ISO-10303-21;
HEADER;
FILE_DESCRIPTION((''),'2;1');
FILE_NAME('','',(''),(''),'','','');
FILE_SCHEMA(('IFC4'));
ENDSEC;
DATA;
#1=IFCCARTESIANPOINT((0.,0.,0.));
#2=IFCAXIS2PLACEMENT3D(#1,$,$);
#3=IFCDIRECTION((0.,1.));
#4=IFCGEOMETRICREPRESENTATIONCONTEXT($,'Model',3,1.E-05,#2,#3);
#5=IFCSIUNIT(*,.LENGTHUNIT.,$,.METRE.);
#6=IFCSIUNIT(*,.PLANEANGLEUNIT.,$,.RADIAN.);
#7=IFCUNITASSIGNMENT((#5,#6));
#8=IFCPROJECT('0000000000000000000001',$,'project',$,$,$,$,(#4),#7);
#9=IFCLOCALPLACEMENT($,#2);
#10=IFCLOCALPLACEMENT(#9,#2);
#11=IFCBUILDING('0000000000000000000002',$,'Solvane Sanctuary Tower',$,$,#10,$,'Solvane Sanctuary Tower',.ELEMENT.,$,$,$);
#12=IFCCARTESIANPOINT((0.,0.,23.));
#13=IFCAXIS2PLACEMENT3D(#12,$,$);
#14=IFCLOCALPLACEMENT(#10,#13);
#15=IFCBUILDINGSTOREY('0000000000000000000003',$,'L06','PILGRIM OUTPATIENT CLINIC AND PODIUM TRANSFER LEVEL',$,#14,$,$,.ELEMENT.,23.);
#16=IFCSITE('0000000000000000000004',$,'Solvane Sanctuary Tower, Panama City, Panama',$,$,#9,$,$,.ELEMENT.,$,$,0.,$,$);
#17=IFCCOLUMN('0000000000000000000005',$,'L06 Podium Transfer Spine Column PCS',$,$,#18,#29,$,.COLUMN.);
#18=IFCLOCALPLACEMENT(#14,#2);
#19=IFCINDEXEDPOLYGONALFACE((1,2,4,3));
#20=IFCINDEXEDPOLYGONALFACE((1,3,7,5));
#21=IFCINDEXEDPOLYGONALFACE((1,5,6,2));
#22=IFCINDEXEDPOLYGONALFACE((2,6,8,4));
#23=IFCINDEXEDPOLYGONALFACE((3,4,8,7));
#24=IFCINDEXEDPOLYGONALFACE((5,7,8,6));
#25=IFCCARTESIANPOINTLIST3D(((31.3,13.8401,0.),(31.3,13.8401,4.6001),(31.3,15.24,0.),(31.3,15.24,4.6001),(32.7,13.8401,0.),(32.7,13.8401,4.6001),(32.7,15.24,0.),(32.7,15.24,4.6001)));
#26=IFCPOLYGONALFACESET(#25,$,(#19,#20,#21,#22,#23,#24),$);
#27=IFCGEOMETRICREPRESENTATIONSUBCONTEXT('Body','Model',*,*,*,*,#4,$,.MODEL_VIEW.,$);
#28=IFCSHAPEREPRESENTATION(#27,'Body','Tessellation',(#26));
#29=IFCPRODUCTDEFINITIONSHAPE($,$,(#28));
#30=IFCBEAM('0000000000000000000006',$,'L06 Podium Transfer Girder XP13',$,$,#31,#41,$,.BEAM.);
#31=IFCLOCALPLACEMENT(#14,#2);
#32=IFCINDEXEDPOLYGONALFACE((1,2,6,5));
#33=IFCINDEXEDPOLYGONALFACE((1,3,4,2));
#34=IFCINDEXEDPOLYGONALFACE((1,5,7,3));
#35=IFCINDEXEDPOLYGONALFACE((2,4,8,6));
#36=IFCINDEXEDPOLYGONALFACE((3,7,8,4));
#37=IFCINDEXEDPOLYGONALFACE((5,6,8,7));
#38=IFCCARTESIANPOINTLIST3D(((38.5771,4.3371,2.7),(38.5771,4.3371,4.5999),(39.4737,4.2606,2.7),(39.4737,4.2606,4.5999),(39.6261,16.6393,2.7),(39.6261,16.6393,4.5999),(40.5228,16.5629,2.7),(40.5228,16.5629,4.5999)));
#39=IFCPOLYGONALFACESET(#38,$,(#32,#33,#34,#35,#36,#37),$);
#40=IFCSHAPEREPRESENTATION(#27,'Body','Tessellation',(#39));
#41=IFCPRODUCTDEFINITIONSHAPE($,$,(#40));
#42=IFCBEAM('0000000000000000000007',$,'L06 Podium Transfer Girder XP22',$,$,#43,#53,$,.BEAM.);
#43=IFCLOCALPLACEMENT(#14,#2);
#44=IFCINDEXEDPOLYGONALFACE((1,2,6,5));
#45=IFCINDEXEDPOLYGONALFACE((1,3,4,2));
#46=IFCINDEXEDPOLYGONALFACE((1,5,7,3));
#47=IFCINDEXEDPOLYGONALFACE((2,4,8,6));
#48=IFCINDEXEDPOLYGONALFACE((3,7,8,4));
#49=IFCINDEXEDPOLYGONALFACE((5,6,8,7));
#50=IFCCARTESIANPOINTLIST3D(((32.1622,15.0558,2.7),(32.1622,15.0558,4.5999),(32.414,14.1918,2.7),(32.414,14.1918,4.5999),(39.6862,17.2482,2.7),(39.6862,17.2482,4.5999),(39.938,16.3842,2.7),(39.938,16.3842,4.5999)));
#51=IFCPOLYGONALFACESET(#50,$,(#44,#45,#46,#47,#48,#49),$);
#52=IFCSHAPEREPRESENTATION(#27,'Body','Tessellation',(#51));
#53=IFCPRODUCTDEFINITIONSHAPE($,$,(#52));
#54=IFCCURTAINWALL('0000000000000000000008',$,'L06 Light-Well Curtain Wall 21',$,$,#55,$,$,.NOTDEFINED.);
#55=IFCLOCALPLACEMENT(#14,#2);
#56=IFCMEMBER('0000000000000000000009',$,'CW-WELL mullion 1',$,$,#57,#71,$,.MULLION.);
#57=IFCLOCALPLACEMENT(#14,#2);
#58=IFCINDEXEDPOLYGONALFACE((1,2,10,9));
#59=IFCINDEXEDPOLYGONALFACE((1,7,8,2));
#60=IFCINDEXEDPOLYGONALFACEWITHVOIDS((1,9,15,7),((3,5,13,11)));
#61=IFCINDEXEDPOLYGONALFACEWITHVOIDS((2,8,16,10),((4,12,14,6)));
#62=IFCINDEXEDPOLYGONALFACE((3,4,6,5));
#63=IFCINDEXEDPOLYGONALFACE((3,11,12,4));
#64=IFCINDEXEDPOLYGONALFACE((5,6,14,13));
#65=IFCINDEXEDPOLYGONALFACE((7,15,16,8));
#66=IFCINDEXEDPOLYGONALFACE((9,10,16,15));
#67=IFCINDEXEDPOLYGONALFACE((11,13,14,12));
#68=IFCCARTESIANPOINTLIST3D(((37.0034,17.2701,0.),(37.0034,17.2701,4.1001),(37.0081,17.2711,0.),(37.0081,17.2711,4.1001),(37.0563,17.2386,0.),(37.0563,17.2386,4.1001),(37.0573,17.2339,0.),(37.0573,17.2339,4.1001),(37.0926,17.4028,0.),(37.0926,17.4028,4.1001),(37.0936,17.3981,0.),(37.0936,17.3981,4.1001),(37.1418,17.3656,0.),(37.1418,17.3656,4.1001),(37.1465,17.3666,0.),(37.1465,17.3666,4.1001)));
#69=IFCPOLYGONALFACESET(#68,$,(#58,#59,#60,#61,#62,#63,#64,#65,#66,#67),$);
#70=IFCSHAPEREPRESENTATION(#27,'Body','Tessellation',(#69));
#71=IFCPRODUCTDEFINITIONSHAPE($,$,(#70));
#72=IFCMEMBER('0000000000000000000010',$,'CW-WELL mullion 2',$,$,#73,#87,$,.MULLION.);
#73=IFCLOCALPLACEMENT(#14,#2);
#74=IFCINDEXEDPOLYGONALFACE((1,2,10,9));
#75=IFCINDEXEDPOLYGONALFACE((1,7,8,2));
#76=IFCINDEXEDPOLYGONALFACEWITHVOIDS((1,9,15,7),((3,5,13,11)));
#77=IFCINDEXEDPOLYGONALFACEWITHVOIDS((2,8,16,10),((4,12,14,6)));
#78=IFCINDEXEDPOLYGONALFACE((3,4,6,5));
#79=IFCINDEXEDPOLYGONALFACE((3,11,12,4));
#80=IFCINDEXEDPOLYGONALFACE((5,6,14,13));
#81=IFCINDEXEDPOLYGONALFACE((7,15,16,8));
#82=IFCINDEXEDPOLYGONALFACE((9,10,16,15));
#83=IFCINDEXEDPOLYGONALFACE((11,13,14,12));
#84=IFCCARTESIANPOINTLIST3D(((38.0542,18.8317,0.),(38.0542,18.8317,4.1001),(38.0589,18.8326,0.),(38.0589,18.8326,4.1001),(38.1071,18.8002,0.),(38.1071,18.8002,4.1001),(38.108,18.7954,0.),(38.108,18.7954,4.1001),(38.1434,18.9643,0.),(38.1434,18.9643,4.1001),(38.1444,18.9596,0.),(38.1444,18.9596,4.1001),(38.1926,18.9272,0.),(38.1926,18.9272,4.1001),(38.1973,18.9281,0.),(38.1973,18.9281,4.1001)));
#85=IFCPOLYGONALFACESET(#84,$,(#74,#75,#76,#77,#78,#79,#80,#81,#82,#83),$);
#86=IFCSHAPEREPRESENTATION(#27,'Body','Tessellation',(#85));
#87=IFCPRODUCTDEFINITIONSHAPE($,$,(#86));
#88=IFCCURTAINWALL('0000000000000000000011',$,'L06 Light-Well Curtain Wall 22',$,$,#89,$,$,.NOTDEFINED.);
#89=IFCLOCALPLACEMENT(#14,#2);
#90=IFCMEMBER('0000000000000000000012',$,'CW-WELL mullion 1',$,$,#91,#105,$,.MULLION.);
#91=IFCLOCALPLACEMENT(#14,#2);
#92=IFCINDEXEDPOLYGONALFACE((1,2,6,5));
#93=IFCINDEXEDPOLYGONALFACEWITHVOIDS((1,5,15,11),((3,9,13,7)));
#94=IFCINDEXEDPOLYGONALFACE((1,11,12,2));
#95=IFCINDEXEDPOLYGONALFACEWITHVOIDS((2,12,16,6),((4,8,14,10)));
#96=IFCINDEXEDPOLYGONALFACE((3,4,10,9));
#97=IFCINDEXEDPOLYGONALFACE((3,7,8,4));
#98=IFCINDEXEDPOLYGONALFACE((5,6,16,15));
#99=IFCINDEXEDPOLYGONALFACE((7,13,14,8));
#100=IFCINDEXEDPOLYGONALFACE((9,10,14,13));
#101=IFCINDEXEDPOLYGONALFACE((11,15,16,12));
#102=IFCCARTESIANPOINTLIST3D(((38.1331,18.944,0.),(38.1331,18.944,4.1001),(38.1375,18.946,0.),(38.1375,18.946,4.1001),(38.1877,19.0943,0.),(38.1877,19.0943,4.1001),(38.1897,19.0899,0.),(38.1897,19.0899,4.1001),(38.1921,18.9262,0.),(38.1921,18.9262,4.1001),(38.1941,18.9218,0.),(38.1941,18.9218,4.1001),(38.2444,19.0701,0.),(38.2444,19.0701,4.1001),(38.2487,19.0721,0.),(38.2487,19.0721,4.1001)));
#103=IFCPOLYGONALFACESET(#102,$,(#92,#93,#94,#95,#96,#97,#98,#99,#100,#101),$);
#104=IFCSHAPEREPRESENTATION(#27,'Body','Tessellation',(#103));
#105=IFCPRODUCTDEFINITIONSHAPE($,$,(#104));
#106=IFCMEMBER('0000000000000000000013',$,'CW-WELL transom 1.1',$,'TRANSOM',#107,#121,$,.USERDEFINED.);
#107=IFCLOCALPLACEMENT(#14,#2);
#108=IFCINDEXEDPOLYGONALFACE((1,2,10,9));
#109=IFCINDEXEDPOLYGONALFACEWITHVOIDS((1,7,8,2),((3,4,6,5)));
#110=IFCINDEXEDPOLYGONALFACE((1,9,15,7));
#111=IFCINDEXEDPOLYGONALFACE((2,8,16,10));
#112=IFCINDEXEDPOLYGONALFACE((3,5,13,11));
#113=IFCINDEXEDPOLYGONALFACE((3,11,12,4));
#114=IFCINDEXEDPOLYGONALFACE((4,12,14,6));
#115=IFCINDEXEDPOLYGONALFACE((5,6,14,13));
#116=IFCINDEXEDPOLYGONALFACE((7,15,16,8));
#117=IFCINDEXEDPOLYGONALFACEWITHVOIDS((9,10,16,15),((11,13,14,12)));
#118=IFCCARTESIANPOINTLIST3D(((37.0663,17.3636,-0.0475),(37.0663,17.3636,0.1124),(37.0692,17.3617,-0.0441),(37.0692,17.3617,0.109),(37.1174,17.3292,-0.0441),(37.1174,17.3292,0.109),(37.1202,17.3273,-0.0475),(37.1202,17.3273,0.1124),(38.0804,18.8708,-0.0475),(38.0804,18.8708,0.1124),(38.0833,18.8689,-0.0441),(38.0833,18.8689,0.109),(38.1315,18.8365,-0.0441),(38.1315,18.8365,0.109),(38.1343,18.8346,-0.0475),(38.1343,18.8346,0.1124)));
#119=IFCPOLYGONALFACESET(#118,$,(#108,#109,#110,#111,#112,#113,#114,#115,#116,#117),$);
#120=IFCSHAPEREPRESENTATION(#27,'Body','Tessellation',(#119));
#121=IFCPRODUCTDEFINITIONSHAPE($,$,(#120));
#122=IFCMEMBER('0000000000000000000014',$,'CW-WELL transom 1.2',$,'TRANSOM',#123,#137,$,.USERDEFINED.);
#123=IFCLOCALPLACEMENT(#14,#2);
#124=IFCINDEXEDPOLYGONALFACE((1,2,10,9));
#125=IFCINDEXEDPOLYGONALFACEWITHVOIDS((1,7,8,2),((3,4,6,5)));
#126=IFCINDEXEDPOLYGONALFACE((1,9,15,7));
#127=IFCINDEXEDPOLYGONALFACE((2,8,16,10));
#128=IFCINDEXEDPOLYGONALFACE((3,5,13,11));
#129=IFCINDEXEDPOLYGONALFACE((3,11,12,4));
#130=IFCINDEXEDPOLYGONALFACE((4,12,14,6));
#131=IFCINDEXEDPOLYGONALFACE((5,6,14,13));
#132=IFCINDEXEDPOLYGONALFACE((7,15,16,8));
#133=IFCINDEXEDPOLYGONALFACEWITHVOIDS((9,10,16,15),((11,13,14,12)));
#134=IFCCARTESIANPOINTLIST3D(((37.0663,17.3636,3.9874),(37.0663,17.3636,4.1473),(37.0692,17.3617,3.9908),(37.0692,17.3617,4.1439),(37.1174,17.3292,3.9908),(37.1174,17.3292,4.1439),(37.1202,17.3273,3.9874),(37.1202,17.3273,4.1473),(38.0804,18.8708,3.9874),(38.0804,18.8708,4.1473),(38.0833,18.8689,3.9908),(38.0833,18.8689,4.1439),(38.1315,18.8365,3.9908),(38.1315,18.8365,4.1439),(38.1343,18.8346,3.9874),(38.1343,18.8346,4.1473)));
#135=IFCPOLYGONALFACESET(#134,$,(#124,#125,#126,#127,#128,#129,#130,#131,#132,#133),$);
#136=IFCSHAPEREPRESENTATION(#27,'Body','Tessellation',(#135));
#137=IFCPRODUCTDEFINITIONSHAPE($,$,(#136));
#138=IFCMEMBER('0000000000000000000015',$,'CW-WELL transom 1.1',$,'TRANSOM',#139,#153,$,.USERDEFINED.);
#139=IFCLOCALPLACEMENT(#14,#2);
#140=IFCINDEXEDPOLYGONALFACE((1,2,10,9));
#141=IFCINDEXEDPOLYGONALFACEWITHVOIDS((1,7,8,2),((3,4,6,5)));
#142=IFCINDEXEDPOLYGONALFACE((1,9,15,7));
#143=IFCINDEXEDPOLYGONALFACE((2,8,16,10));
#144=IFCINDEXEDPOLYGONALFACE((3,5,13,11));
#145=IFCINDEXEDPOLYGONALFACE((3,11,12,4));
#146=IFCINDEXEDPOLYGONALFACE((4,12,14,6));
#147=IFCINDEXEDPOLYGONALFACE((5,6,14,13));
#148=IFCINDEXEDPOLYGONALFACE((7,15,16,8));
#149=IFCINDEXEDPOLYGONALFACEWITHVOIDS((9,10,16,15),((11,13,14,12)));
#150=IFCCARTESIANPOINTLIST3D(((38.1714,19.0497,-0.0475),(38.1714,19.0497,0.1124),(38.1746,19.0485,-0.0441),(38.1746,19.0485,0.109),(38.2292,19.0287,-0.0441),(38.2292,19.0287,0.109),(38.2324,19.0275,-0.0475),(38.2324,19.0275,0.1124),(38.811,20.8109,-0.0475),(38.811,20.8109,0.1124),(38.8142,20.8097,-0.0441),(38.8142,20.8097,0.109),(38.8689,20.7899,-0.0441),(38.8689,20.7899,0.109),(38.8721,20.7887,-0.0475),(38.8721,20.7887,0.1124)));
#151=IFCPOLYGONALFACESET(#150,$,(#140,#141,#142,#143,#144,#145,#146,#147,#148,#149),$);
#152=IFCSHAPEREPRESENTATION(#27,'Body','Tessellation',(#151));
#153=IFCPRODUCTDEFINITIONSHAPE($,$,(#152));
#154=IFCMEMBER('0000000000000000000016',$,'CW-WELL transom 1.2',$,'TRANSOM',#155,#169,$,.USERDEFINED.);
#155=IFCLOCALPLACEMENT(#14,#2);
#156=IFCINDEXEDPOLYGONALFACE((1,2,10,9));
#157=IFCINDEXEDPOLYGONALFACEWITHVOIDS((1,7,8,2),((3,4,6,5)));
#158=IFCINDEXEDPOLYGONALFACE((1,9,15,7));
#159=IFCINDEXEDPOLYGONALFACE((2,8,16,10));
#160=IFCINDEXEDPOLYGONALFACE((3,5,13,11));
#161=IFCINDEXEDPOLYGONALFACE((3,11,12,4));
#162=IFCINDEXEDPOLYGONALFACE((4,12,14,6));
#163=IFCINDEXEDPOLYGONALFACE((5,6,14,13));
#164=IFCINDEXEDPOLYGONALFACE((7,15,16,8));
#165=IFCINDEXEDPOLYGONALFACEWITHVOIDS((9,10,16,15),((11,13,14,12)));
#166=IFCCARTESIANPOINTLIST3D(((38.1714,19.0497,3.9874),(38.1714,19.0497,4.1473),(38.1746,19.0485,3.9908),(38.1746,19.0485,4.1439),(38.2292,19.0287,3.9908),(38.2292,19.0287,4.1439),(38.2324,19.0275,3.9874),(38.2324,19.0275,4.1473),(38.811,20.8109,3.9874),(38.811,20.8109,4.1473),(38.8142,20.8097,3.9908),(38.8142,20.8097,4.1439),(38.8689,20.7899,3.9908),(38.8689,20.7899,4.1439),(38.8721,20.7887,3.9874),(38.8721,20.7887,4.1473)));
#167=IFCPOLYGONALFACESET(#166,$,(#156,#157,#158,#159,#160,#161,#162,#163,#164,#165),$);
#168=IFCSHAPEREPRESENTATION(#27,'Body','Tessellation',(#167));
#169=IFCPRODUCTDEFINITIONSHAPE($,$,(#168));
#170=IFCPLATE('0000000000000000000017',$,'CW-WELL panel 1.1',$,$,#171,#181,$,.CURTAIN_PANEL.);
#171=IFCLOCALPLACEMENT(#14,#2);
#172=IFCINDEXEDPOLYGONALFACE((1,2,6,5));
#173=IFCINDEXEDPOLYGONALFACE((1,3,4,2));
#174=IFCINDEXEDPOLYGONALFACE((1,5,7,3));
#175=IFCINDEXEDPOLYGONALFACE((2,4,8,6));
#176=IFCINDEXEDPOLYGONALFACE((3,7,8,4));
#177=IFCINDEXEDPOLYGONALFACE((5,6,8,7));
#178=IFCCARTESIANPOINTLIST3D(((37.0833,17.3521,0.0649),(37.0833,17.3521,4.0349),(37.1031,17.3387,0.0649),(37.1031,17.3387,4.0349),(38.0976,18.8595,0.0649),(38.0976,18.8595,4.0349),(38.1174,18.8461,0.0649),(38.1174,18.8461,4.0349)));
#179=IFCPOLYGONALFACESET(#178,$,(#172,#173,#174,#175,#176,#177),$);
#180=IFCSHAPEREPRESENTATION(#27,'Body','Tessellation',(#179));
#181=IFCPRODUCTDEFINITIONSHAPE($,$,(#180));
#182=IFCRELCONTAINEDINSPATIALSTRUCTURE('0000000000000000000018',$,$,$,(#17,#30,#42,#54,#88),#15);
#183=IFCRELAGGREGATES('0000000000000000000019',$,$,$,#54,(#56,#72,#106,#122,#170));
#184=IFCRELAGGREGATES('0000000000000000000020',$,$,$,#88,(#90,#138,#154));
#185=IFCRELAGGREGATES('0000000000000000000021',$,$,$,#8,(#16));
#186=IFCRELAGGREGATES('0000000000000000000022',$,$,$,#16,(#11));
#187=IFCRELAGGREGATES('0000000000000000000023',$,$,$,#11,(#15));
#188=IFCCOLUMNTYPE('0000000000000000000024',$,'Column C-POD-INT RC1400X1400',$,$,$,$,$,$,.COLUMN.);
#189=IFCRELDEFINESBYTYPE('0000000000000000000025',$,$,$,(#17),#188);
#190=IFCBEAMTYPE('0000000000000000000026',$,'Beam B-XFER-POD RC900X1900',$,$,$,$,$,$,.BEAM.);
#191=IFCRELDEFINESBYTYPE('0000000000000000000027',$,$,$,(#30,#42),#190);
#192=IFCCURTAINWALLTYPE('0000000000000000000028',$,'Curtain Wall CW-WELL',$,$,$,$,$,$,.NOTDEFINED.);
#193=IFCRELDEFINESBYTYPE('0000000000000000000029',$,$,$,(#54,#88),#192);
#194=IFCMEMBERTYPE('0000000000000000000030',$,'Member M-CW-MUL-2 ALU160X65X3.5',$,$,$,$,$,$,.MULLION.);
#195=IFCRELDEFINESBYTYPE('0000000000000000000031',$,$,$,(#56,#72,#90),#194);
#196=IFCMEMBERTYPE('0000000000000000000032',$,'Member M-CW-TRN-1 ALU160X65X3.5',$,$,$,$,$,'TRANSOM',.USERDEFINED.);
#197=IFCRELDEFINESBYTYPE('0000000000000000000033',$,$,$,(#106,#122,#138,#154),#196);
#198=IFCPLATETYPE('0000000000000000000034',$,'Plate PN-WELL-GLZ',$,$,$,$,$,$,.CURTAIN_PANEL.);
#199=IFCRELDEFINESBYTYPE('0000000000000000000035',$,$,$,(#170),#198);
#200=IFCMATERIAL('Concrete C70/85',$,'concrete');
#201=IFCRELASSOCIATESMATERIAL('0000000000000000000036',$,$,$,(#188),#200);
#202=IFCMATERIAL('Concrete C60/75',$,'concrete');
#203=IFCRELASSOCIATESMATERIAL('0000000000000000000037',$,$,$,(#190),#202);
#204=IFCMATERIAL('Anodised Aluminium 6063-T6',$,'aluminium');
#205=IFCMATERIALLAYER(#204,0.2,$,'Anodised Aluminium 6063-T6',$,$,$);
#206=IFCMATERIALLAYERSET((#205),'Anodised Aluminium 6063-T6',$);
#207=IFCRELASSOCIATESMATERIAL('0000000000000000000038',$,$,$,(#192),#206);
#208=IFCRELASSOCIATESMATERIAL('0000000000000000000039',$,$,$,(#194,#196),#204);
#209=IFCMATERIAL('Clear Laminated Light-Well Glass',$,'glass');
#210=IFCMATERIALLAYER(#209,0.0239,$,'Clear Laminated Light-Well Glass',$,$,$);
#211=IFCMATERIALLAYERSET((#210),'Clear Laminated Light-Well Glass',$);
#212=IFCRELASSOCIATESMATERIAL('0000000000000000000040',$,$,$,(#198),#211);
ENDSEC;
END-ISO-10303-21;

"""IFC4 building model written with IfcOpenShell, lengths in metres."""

from ifc_helpers import new_model, si_unit, direction, frame, origin, origin_2d, place, context, subcontext, project, spatial, rectangle, hollow_rectangle, extrude, material, layer, layer_set, material_profile, profile_set, type_object, element, aggregate, save


model = new_model("IFC4")

# Units and contexts
model_context = context("Model", 3, precision=1e-05, world=origin(), true_north=direction((0.0, 1.0)))
body_context = subcontext(model_context, "Body", "Model", "MODEL_VIEW")
ifc_project = project(units=[si_unit("LENGTHUNIT", "METRE"), si_unit("PLANEANGLEUNIT", "RADIAN")], contexts=[model_context])

# Site, building, storey
site_placement = place(None, origin())
site = spatial("IfcSite", under=ifc_project, at=site_placement, Name="Solvane Sanctuary Tower, Panama City, Panama", CompositionType="ELEMENT", RefElevation=0.0)
building_placement = place(site_placement, origin())
building = spatial("IfcBuilding", under=site, at=building_placement, Name="Solvane Sanctuary Tower", LongName="Solvane Sanctuary Tower", CompositionType="ELEMENT")
storey_placement = place(building_placement, frame((0.0, 0.0, 23.0)))
storey = spatial("IfcBuildingStorey", under=building, at=storey_placement, Name="L06", Description="PILGRIM OUTPATIENT CLINIC AND PODIUM TRANSFER LEVEL", CompositionType="ELEMENT", Elevation=23.0)

# Column
ifc_material_1 = material(Name="Concrete C70/85", Category="concrete")
ifc_material_profile_1 = material_profile(ifc_material_1, rectangle(XDim=1.3999, YDim=1.3999, at=origin_2d()), Name="RC1400X1400")
ifc_profile_set_1 = profile_set([ifc_material_profile_1], Name="Concrete C70/85")
column_type = type_object("IfcColumnType", Name="Column C-POD-INT RC1400X1400", PredefinedType="COLUMN", material=ifc_profile_set_1)
column_placement = place(storey_placement, frame((32.0, 14.54, 0.0), z_axis=(0.0, 0.0, 1.0), x_axis=(1.0, 0.0, 0.0)))
element("IfcColumn", 1, at=column_placement, inside=storey, type_object=column_type, Name="L06 Podium Transfer Spine Column PCS", PredefinedType="COLUMN", context=body_context, shape_type="SweptSolid", body=[
    extrude(rectangle(XDim=1.3999, YDim=1.3999, at=origin_2d()), origin(), (0.0, 0.0, 1.0), 4.6001),
])

# Beams
ifc_material_2 = material(Name="Concrete C60/75", Category="concrete")
ifc_material_profile_2 = material_profile(ifc_material_2, rectangle(XDim=0.8999, YDim=1.8999, at=origin_2d()), Name="RC900X1900")
ifc_profile_set_2 = profile_set([ifc_material_profile_2], Name="Concrete C60/75")
beam_type = type_object("IfcBeamType", Name="Beam B-XFER-POD RC900X1900", PredefinedType="BEAM", material=ifc_profile_set_2)
beam_1_placement = place(storey_placement, frame((39.0254, 4.2988, 3.6499), z_axis=(0.084966, 0.996384, 0.0), x_axis=(-0.996384, 0.084966, 0.0)))
element("IfcBeam", 2, at=beam_1_placement, inside=storey, type_object=beam_type, Name="L06 Podium Transfer Girder XP13", PredefinedType="BEAM", context=body_context, shape_type="SweptSolid", body=[
    extrude(rectangle(XDim=0.8999, YDim=1.8999, at=origin_2d()), origin(), (0.0, 0.0, 1.0), 12.3469),
])
beam_2_placement = place(storey_placement, frame((32.2881, 14.6238, 3.6499), z_axis=(0.960072, 0.279754, 0.0), x_axis=(-0.279754, 0.960072, 0.0)))
element("IfcBeam", 3, at=beam_2_placement, inside=storey, type_object=beam_type, Name="L06 Podium Transfer Girder XP22", PredefinedType="BEAM", context=body_context, shape_type="SweptSolid", body=[
    extrude(rectangle(XDim=0.8999, YDim=1.8999, at=origin_2d()), origin(), (0.0, 0.0, 1.0), 7.8369),
])

# Curtain wall, members
ifc_material_3 = material(Name="Anodised Aluminium 6063-T6", Category="aluminium")
ifc_layer_1 = layer(ifc_material_3, 0.2, Name="Anodised Aluminium 6063-T6")
ifc_layer_set_1 = layer_set([ifc_layer_1], Name="Anodised Aluminium 6063-T6")
curtain_wall_type = type_object("IfcCurtainWallType", Name="Curtain Wall CW-WELL", PredefinedType="NOTDEFINED", material=ifc_layer_set_1)
curtain_wall_1_placement = place(storey_placement, origin())
curtain_wall_1 = element("IfcCurtainWall", 4, at=curtain_wall_1_placement, inside=storey, type_object=curtain_wall_type, Name="L06 Light-Well Curtain Wall 21", PredefinedType="NOTDEFINED")
ifc_material_profile_3 = material_profile(ifc_material_3, hollow_rectangle(XDim=0.0649, YDim=0.1599, WallThickness=0.0034, at=origin_2d()), Name="ALU160X65X3.5")
ifc_profile_set_3 = profile_set([ifc_material_profile_3], Name="Anodised Aluminium 6063-T6")
member_type_1 = type_object("IfcMemberType", Name="Member M-CW-MUL-2 ALU160X65X3.5", PredefinedType="MULLION", material=ifc_profile_set_3)
member_1_placement = place(storey_placement, frame((37.075, 17.3184, 0.0), z_axis=(0.0, 0.0, 1.0), x_axis=(-0.829664, 0.558263, 0.0)))
member_1 = element("IfcMember", 5, at=member_1_placement, type_object=member_type_1, Name="CW-WELL mullion 1", PredefinedType="MULLION", context=body_context, shape_type="SweptSolid", body=[
    extrude(hollow_rectangle(XDim=0.0649, YDim=0.1599, WallThickness=0.0034, at=origin_2d()), origin(), (0.0, 0.0, 1.0), 4.1001),
])
member_2_placement = place(storey_placement, frame((38.1257, 18.8799, 0.0), z_axis=(0.0, 0.0, 1.0), x_axis=(-0.829664, 0.558263, 0.0)))
member_2 = element("IfcMember", 6, at=member_2_placement, type_object=member_type_1, Name="CW-WELL mullion 2", PredefinedType="MULLION", context=body_context, shape_type="SweptSolid", body=[
    extrude(hollow_rectangle(XDim=0.0649, YDim=0.1599, WallThickness=0.0034, at=origin_2d()), origin(), (0.0, 0.0, 1.0), 4.1001),
])

# Curtain wall, member
curtain_wall_2_placement = place(storey_placement, origin())
curtain_wall_2 = element("IfcCurtainWall", 7, at=curtain_wall_2_placement, inside=storey, type_object=curtain_wall_type, Name="L06 Light-Well Curtain Wall 22", PredefinedType="NOTDEFINED")
member_3_placement = place(storey_placement, frame((38.1909, 19.0081, 0.0), z_axis=(0.0, 0.0, 1.0), x_axis=(-0.939938, 0.341346, 0.0)))
member_3 = element("IfcMember", 8, at=member_3_placement, type_object=member_type_1, Name="CW-WELL mullion 1", PredefinedType="MULLION", context=body_context, shape_type="SweptSolid", body=[
    extrude(hollow_rectangle(XDim=0.0649, YDim=0.1599, WallThickness=0.0034, at=origin_2d()), origin(), (0.0, 0.0, 1.0), 4.1001),
])

# Members
ifc_material_profile_4 = material_profile(ifc_material_3, hollow_rectangle(XDim=0.0649, YDim=0.1599, WallThickness=0.0034, at=origin_2d()), Name="ALU160X65X3.5")
ifc_profile_set_4 = profile_set([ifc_material_profile_4], Name="Anodised Aluminium 6063-T6")
member_type_2 = type_object("IfcMemberType", Name="Member M-CW-TRN-1 ALU160X65X3.5", ElementType="TRANSOM", PredefinedType="USERDEFINED", material=ifc_profile_set_4)
member_4_placement = place(storey_placement, frame((37.0933, 17.3455, 0.0325), z_axis=(0.558231, 0.829686, 0.0), x_axis=(-0.829686, 0.558231, 0.0)))
member_4 = element("IfcMember", 9, at=member_4_placement, type_object=member_type_2, Name="CW-WELL transom 1.1", ObjectType="TRANSOM", PredefinedType="USERDEFINED", context=body_context, shape_type="SweptSolid", body=[
    extrude(hollow_rectangle(XDim=0.0649, YDim=0.1599, WallThickness=0.0034, at=origin_2d()), origin(), (0.0, 0.0, 1.0), 1.8167),
])
member_5_placement = place(storey_placement, frame((37.0933, 17.3455, 4.0674), z_axis=(0.558231, 0.829686, 0.0), x_axis=(-0.829686, 0.558231, 0.0)))
member_5 = element("IfcMember", 10, at=member_5_placement, type_object=member_type_2, Name="CW-WELL transom 1.2", ObjectType="TRANSOM", PredefinedType="USERDEFINED", context=body_context, shape_type="SweptSolid", body=[
    extrude(hollow_rectangle(XDim=0.0649, YDim=0.1599, WallThickness=0.0034, at=origin_2d()), origin(), (0.0, 0.0, 1.0), 1.8167),
])
member_6_placement = place(storey_placement, frame((38.2019, 19.0386, 0.0325), z_axis=(0.341366, 0.93993, 0.0), x_axis=(-0.93993, 0.341366, 0.0)))
member_6 = element("IfcMember", 11, at=member_6_placement, type_object=member_type_2, Name="CW-WELL transom 1.1", ObjectType="TRANSOM", PredefinedType="USERDEFINED", context=body_context, shape_type="SweptSolid", body=[
    extrude(hollow_rectangle(XDim=0.0649, YDim=0.1599, WallThickness=0.0034, at=origin_2d()), origin(), (0.0, 0.0, 1.0), 1.8738),
])
member_7_placement = place(storey_placement, frame((38.2019, 19.0386, 4.0674), z_axis=(0.341366, 0.93993, 0.0), x_axis=(-0.93993, 0.341366, 0.0)))
member_7 = element("IfcMember", 12, at=member_7_placement, type_object=member_type_2, Name="CW-WELL transom 1.2", ObjectType="TRANSOM", PredefinedType="USERDEFINED", context=body_context, shape_type="SweptSolid", body=[
    extrude(hollow_rectangle(XDim=0.0649, YDim=0.1599, WallThickness=0.0034, at=origin_2d()), origin(), (0.0, 0.0, 1.0), 1.8738),
])

# Plate
ifc_material_4 = material(Name="Clear Laminated Light-Well Glass", Category="glass")
ifc_layer_2 = layer(ifc_material_4, 0.0239, Name="Clear Laminated Light-Well Glass")
ifc_layer_set_2 = layer_set([ifc_layer_2], Name="Clear Laminated Light-Well Glass")
plate_type = type_object("IfcPlateType", Name="Plate PN-WELL-GLZ", PredefinedType="CURTAIN_PANEL", material=ifc_layer_set_2)
plate_1_placement = place(storey_placement, frame((37.6003, 18.0991, 0.0649), z_axis=(0.0, 0.0, 1.0), x_axis=(0.558263, 0.829664, 0.0)))
plate_1 = element("IfcPlate", 13, at=plate_1_placement, type_object=plate_type, Name="CW-WELL panel 1.1", PredefinedType="CURTAIN_PANEL", context=body_context, shape_type="SweptSolid", body=[
    extrude(rectangle(XDim=1.8169, YDim=0.0239, at=origin_2d()), origin(), (0.0, 0.0, 1.0), 3.97),
])
aggregate(curtain_wall_1, [member_1, member_2, member_4, member_5, plate_1])
aggregate(curtain_wall_2, [member_3, member_6, member_7])

save(model, "model.ifc")
